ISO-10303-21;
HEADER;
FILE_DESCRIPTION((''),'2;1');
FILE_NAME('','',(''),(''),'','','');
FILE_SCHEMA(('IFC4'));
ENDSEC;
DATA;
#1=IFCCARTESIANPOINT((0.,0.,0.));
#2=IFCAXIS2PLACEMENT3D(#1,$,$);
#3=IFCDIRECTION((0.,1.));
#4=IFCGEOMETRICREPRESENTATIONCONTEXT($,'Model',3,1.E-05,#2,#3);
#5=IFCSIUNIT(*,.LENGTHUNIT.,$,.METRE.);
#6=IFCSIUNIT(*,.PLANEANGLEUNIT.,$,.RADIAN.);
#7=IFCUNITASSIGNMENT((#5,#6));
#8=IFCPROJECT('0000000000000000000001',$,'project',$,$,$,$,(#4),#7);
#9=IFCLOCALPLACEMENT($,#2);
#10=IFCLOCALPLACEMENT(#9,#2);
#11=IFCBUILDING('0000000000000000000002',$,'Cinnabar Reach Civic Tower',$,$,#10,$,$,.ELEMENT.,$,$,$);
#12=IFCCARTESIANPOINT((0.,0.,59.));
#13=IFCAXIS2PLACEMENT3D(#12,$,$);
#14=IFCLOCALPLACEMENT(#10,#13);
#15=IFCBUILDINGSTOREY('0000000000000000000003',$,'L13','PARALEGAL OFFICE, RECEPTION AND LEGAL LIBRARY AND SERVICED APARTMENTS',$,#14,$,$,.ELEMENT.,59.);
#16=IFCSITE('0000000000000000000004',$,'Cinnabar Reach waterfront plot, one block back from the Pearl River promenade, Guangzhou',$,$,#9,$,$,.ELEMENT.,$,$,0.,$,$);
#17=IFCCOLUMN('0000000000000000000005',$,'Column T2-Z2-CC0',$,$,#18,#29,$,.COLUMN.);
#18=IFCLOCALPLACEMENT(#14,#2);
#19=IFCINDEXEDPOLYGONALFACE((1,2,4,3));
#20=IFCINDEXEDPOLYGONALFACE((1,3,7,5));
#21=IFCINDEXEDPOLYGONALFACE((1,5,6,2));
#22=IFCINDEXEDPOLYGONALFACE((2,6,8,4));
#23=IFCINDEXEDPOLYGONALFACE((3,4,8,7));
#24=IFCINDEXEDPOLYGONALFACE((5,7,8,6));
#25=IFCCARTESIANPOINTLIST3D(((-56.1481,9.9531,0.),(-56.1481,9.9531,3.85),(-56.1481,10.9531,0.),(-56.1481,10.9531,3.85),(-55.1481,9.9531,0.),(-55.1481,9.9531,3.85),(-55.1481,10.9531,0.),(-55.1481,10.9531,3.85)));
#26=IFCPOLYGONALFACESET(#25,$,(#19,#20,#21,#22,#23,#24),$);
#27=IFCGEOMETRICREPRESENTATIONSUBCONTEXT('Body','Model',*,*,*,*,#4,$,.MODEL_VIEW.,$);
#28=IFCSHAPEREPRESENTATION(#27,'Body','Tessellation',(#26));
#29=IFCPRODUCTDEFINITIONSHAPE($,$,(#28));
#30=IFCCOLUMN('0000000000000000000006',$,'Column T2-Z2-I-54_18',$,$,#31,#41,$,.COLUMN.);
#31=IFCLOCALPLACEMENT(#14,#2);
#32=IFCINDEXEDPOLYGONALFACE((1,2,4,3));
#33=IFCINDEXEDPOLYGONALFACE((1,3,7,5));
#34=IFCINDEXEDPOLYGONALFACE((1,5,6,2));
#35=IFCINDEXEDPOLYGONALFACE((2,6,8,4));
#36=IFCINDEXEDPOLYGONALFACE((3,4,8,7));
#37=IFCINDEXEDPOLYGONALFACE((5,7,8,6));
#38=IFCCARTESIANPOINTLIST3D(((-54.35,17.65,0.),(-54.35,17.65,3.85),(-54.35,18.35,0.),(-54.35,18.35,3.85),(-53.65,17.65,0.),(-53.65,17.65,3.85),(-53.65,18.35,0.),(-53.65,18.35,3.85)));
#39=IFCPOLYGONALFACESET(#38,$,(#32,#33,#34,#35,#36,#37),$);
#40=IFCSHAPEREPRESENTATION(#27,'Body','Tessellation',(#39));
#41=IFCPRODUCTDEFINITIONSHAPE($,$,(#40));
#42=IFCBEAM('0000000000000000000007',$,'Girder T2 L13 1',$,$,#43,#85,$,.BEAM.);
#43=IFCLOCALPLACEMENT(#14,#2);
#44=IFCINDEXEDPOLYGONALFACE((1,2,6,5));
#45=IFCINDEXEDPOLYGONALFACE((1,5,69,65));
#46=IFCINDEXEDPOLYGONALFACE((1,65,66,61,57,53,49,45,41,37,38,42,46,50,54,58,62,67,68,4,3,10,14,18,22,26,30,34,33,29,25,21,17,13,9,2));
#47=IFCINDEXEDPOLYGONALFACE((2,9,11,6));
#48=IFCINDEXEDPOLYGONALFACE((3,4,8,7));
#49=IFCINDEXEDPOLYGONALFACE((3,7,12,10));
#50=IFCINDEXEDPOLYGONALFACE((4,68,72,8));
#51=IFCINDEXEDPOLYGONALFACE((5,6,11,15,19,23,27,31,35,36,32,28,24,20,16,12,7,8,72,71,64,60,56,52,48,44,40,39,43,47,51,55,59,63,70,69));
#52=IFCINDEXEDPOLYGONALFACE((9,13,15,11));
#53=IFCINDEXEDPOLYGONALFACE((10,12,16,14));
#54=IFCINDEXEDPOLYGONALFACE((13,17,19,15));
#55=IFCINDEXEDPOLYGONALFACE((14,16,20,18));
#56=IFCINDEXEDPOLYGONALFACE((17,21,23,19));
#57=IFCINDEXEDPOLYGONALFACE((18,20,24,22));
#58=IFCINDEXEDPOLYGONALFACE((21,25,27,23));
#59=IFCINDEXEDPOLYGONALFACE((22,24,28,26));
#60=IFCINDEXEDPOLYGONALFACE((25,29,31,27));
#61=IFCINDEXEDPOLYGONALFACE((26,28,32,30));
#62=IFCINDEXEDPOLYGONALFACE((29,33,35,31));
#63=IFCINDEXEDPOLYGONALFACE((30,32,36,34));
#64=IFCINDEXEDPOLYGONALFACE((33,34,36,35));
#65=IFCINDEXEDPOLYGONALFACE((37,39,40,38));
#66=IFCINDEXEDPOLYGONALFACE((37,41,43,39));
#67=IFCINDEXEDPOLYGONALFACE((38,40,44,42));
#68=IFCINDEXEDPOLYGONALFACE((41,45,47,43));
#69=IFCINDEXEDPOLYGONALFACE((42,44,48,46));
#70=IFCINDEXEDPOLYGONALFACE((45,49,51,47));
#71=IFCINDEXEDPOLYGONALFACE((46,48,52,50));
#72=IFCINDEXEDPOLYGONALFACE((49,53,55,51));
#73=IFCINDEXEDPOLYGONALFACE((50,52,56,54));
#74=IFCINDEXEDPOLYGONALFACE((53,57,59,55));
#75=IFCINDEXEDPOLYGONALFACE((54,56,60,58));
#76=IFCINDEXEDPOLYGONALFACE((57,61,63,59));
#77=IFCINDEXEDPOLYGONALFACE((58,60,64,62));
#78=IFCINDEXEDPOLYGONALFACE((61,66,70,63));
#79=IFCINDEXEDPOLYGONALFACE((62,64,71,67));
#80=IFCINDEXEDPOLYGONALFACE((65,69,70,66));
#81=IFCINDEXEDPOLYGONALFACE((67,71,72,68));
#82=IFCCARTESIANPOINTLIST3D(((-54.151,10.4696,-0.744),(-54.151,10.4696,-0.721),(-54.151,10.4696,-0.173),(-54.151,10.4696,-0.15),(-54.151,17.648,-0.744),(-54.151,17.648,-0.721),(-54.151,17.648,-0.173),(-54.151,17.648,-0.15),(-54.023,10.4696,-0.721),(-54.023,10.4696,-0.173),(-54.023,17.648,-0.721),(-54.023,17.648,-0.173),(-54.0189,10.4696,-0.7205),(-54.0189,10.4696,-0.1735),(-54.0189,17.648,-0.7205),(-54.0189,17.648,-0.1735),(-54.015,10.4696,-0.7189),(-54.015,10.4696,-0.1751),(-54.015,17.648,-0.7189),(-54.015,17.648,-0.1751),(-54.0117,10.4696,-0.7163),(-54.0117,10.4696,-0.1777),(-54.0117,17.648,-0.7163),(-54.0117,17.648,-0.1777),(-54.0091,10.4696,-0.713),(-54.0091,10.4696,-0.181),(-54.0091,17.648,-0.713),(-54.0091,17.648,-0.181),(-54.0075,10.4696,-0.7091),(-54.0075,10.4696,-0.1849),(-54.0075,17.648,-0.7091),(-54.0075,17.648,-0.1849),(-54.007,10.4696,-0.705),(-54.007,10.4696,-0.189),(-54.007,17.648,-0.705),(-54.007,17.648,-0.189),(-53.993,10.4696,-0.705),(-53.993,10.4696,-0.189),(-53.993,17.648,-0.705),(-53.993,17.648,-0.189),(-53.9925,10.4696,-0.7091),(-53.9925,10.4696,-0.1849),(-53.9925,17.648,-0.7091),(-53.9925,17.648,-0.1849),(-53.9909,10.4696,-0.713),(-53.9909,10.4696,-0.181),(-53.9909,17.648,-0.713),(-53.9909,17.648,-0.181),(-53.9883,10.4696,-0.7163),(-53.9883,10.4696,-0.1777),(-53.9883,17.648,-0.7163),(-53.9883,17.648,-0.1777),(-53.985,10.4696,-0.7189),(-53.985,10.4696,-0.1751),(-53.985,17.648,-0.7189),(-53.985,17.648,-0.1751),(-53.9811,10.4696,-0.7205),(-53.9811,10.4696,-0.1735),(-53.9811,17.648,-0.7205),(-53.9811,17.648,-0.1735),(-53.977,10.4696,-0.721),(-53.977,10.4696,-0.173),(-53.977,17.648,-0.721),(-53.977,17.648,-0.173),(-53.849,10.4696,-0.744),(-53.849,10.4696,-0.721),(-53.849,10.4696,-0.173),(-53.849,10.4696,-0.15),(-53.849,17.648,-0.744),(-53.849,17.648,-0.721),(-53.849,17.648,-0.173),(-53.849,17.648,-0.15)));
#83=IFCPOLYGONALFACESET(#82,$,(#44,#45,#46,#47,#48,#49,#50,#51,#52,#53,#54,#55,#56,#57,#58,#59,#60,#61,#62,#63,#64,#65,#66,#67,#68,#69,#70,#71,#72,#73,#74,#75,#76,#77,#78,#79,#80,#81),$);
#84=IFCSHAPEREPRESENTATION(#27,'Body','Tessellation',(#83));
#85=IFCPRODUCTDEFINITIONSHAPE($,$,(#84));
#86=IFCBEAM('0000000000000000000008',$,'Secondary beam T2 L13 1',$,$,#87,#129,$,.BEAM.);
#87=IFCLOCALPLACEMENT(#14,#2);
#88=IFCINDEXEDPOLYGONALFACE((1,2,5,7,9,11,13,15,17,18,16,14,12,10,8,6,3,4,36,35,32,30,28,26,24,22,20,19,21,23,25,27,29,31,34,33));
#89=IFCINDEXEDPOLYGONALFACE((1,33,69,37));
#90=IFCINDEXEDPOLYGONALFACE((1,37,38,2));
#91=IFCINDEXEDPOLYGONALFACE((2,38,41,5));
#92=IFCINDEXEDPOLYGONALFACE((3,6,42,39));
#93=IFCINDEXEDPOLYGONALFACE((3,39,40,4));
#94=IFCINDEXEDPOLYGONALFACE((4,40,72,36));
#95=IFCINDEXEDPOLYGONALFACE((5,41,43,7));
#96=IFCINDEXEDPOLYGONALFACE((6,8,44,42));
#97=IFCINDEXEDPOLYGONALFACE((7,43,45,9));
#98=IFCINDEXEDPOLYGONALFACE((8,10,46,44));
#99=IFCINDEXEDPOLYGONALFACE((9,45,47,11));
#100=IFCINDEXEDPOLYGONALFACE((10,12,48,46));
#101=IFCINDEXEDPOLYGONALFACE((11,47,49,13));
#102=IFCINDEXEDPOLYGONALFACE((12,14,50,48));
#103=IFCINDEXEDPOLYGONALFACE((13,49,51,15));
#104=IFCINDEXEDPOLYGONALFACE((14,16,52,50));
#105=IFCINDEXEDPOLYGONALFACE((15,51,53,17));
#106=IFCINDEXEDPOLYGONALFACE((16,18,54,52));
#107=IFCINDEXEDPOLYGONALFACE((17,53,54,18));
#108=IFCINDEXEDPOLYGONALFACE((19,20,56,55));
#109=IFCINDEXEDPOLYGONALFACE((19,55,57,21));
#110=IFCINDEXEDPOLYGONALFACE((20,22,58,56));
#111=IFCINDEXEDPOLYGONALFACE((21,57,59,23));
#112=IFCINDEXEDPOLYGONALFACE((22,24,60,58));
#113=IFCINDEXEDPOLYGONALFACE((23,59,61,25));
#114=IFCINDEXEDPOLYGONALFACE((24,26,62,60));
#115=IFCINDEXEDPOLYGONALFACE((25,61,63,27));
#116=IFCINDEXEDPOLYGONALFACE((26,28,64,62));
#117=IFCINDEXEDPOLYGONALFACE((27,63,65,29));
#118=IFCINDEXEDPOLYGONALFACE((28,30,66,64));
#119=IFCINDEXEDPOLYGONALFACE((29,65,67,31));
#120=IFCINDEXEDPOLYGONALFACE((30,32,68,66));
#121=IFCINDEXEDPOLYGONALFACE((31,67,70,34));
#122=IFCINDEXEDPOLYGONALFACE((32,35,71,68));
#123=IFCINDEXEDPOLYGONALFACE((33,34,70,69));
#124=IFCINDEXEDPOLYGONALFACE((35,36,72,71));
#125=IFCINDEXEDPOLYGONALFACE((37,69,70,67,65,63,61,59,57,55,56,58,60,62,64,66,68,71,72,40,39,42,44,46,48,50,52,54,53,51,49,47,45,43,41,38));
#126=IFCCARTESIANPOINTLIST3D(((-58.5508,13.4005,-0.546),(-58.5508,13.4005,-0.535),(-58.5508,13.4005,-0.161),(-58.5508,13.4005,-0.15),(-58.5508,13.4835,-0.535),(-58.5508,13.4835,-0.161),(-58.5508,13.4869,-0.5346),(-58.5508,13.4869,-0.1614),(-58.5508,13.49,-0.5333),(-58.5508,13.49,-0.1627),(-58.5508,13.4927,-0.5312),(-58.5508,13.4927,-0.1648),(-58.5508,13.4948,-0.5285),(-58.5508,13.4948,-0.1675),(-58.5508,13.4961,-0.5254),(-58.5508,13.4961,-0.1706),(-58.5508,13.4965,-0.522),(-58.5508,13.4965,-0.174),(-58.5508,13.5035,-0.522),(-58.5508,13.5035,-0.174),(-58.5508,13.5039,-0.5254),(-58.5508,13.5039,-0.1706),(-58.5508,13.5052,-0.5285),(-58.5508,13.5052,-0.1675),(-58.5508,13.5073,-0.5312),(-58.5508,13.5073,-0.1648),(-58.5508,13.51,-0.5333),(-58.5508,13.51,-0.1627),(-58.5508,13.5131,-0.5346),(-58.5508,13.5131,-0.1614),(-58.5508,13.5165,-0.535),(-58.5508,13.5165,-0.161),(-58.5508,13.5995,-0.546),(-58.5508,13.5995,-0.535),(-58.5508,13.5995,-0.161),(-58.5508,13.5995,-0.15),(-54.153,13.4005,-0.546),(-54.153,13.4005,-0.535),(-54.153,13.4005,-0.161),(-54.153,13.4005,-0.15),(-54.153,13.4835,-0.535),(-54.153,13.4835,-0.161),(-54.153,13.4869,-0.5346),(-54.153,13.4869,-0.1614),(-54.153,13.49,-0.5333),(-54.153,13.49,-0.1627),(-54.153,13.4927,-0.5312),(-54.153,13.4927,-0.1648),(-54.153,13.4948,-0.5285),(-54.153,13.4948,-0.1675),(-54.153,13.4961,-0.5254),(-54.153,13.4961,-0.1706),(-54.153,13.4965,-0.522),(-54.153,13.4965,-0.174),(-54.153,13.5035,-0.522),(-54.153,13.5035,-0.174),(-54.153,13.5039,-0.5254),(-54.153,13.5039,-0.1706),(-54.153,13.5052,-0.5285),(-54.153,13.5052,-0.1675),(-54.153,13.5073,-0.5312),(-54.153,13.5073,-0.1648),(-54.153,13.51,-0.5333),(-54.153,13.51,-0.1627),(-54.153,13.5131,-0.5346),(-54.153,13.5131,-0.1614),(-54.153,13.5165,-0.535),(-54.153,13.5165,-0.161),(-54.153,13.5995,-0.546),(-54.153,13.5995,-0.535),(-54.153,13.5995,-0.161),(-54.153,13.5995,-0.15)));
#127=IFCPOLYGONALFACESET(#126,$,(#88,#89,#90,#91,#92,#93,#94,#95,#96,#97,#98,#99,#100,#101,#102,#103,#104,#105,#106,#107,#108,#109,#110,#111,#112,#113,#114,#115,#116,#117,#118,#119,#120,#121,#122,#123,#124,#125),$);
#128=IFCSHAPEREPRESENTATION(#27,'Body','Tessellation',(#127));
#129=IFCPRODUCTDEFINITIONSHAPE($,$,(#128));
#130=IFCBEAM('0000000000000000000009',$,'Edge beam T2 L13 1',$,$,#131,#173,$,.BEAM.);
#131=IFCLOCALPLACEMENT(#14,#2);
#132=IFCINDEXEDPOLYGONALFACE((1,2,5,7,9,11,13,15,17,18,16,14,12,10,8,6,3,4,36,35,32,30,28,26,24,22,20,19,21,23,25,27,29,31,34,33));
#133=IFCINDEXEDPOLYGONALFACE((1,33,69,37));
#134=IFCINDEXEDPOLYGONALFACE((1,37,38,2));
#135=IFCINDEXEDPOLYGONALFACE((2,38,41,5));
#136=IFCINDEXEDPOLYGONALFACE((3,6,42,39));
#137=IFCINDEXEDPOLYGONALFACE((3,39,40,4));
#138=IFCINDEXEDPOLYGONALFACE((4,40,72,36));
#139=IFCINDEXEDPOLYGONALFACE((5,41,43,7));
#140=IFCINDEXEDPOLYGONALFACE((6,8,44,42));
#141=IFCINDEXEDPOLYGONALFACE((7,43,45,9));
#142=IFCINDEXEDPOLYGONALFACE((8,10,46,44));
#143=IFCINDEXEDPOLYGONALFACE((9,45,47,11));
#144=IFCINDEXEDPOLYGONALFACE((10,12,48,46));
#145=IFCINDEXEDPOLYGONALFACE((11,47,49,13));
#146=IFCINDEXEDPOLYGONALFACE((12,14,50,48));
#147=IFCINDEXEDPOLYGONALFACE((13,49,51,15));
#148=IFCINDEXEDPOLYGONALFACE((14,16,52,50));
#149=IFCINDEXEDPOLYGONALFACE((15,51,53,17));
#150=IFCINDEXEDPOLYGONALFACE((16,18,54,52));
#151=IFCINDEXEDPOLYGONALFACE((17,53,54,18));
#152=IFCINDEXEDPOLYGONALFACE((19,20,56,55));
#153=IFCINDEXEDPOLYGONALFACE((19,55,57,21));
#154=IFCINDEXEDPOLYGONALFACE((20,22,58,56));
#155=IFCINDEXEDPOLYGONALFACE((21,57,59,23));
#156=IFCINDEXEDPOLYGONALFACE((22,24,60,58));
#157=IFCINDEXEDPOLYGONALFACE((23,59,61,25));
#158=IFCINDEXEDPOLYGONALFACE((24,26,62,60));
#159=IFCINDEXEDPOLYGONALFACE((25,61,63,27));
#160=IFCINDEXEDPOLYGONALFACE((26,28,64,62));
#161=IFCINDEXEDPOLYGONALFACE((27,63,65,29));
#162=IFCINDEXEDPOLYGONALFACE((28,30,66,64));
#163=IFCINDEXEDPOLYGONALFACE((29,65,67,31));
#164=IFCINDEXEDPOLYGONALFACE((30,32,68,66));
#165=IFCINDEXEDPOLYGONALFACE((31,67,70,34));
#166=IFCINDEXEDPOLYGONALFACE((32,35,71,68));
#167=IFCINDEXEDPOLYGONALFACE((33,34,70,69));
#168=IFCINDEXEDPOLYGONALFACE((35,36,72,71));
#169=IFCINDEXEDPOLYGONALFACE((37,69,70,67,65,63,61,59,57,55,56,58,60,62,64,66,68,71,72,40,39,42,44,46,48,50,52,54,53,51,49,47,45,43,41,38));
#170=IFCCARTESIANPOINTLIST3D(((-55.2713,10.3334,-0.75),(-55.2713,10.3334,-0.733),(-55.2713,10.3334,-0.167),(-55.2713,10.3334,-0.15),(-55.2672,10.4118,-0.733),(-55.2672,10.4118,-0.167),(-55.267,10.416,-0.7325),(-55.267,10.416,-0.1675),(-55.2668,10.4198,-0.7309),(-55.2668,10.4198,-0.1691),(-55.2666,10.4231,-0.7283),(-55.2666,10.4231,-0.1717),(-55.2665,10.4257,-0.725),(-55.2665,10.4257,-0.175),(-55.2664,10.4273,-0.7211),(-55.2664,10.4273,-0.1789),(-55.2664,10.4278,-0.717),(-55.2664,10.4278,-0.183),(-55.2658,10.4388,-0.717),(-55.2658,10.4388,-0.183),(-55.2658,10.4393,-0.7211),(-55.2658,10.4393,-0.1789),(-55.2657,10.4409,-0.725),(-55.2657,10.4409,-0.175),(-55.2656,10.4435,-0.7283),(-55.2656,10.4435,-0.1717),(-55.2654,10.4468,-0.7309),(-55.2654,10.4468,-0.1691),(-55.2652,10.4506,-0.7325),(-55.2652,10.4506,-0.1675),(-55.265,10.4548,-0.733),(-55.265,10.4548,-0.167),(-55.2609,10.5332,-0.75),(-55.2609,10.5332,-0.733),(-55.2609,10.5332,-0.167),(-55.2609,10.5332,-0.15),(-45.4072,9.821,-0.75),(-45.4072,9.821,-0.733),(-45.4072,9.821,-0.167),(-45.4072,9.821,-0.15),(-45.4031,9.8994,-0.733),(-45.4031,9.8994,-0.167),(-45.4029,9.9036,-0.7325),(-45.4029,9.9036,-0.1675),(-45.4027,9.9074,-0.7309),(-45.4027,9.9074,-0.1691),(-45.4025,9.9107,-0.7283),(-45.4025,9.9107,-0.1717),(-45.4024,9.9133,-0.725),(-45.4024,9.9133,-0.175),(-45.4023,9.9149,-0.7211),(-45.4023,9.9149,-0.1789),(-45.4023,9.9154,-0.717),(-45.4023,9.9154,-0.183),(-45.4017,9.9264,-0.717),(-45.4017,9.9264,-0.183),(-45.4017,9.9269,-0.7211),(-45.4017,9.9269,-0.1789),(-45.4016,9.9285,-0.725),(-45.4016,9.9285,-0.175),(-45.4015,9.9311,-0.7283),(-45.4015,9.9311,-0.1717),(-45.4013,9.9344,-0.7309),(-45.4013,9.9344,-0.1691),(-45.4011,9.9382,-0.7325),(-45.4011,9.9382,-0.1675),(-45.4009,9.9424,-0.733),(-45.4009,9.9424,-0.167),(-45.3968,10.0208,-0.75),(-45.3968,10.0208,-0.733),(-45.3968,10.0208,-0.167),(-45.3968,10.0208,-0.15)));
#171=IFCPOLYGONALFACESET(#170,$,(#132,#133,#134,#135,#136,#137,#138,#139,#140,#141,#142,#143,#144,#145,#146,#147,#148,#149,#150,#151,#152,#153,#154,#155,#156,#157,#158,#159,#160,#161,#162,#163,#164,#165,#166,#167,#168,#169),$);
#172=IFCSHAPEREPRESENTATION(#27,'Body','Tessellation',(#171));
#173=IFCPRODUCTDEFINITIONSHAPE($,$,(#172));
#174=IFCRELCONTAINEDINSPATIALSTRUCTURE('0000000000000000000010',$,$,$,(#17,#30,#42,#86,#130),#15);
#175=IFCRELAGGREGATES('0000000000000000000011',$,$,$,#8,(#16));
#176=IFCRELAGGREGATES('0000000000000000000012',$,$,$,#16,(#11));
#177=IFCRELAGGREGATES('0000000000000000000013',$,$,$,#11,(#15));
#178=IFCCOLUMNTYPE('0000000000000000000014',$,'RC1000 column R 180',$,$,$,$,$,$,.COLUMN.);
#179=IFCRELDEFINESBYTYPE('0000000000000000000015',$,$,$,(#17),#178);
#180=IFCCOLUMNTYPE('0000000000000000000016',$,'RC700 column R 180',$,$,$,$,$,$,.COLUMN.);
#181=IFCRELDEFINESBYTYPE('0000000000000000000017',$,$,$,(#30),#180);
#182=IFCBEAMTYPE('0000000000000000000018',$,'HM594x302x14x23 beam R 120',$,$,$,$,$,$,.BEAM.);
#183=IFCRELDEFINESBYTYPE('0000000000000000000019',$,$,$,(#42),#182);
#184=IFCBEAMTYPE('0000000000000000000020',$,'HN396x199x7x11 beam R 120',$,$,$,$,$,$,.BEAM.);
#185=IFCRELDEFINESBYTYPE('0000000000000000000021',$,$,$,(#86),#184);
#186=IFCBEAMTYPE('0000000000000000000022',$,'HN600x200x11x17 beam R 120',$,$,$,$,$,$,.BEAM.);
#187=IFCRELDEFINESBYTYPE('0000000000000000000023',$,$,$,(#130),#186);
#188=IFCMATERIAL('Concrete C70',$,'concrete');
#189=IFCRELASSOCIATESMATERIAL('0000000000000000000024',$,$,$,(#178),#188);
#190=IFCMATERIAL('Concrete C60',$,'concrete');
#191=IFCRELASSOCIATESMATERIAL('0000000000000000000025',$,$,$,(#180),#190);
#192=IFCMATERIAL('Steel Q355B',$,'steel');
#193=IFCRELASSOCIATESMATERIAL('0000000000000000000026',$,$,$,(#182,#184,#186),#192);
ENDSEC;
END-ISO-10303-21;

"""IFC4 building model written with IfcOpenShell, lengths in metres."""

from ifc_helpers import new_model, si_unit, direction, frame, origin, origin_2d, place, context, subcontext, project, spatial, rectangle, i_section, extrude, material, material_profile, profile_set, type_object, element, save


model = new_model("IFC4")

# Units and contexts
model_context = context("Model", 3, precision=1e-05, world=origin(), true_north=direction((0.0, 1.0)))
body_context = subcontext(model_context, "Body", "Model", "MODEL_VIEW")
ifc_project = project(units=[si_unit("LENGTHUNIT", "METRE"), si_unit("PLANEANGLEUNIT", "RADIAN")], contexts=[model_context])

# Site, building, storey
site_placement = place(None, origin())
site = spatial("IfcSite", under=ifc_project, at=site_placement, Name="Cinnabar Reach waterfront plot, one block back from the Pearl River promenade, Guangzhou", CompositionType="ELEMENT", RefElevation=0.0)
building_placement = place(site_placement, origin())
building = spatial("IfcBuilding", under=site, at=building_placement, Name="Cinnabar Reach Civic Tower", CompositionType="ELEMENT")
storey_placement = place(building_placement, frame((0.0, 0.0, 59.0)))
storey = spatial("IfcBuildingStorey", under=building, at=storey_placement, Name="L13", Description="PARALEGAL OFFICE, RECEPTION AND LEGAL LIBRARY AND SERVICED APARTMENTS", CompositionType="ELEMENT", Elevation=59.0)

# Columns
ifc_material_1 = material(Name="Concrete C70", Category="concrete")
ifc_material_profile_1 = material_profile(ifc_material_1, rectangle(XDim=1.0, YDim=1.0, at=origin_2d()), Name="RC1000")
ifc_profile_set_1 = profile_set([ifc_material_profile_1], Name="Concrete C70")
column_type_1 = type_object("IfcColumnType", Name="RC1000 column R 180", PredefinedType="COLUMN", material=ifc_profile_set_1)
column_1_placement = place(storey_placement, frame((-55.6481, 10.4531, 0.0), z_axis=(0.0, 0.0, 1.0), x_axis=(1.0, 0.0, 0.0)))
element("IfcColumn", 1, at=column_1_placement, inside=storey, type_object=column_type_1, Name="Column T2-Z2-CC0", PredefinedType="COLUMN", context=body_context, shape_type="SweptSolid", body=[
    extrude(rectangle(XDim=1.0, YDim=1.0, at=origin_2d()), origin(), (0.0, 0.0, 1.0), 3.85),
])
ifc_material_2 = material(Name="Concrete C60", Category="concrete")
ifc_material_profile_2 = material_profile(ifc_material_2, rectangle(XDim=0.7, YDim=0.7, at=origin_2d()), Name="RC700")
ifc_profile_set_2 = profile_set([ifc_material_profile_2], Name="Concrete C60")
column_type_2 = type_object("IfcColumnType", Name="RC700 column R 180", PredefinedType="COLUMN", material=ifc_profile_set_2)
column_2_placement = place(storey_placement, frame((-54.0, 18.0, 0.0), z_axis=(0.0, 0.0, 1.0), x_axis=(1.0, 0.0, 0.0)))
element("IfcColumn", 2, at=column_2_placement, inside=storey, type_object=column_type_2, Name="Column T2-Z2-I-54_18", PredefinedType="COLUMN", context=body_context, shape_type="SweptSolid", body=[
    extrude(rectangle(XDim=0.7, YDim=0.7, at=origin_2d()), origin(), (0.0, 0.0, 1.0), 3.85),
])

# Beams
ifc_material_3 = material(Name="Steel Q355B", Category="steel")
ifc_material_profile_3 = material_profile(ifc_material_3, i_section(OverallWidth=0.302, OverallDepth=0.594, WebThickness=0.014, FlangeThickness=0.023, FilletRadius=0.016, at=origin_2d()), Name="HM594x302x14x23")
ifc_profile_set_3 = profile_set([ifc_material_profile_3], Name="Steel Q355B")
beam_type_1 = type_object("IfcBeamType", Name="HM594x302x14x23 beam R 120", PredefinedType="BEAM", material=ifc_profile_set_3)
beam_1_placement = place(storey_placement, frame((-54.0, 10.4696, -0.447), z_axis=(0.0, 1.0, 0.0), x_axis=(-1.0, 0.0, 0.0)))
element("IfcBeam", 3, at=beam_1_placement, inside=storey, type_object=beam_type_1, Name="Girder T2 L13 1", PredefinedType="BEAM", context=body_context, shape_type="SweptSolid", body=[
    extrude(i_section(OverallWidth=0.302, OverallDepth=0.594, WebThickness=0.014, FlangeThickness=0.023, FilletRadius=0.016, at=origin_2d()), origin(), (0.0, 0.0, 1.0), 7.1784),
])
ifc_material_profile_4 = material_profile(ifc_material_3, i_section(OverallWidth=0.199, OverallDepth=0.396, WebThickness=0.007, FlangeThickness=0.011, FilletRadius=0.013, at=origin_2d()), Name="HN396x199x7x11")
ifc_profile_set_4 = profile_set([ifc_material_profile_4], Name="Steel Q355B")
beam_type_2 = type_object("IfcBeamType", Name="HN396x199x7x11 beam R 120", PredefinedType="BEAM", material=ifc_profile_set_4)
beam_2_placement = place(storey_placement, frame((-58.5508, 13.5, -0.348), z_axis=(1.0, 0.0, 0.0), x_axis=(0.0, 1.0, 0.0)))
element("IfcBeam", 4, at=beam_2_placement, inside=storey, type_object=beam_type_2, Name="Secondary beam T2 L13 1", PredefinedType="BEAM", context=body_context, shape_type="SweptSolid", body=[
    extrude(i_section(OverallWidth=0.199, OverallDepth=0.396, WebThickness=0.007, FlangeThickness=0.011, FilletRadius=0.013, at=origin_2d()), origin(), (0.0, 0.0, 1.0), 4.3978),
])
ifc_material_profile_5 = material_profile(ifc_material_3, i_section(OverallWidth=0.2, OverallDepth=0.6, WebThickness=0.011, FlangeThickness=0.017, FilletRadius=0.016, at=origin_2d()), Name="HN600x200x11x17")
ifc_profile_set_5 = profile_set([ifc_material_profile_5], Name="Steel Q355B")
beam_type_3 = type_object("IfcBeamType", Name="HN600x200x11x17 beam R 120", PredefinedType="BEAM", material=ifc_profile_set_5)
beam_3_placement = place(storey_placement, frame((-55.2661, 10.4333, -0.45), z_axis=(0.998654, -0.051876, 0.0), x_axis=(0.051876, 0.998654, 0.0)))
element("IfcBeam", 5, at=beam_3_placement, inside=storey, type_object=beam_type_3, Name="Edge beam T2 L13 1", PredefinedType="BEAM", context=body_context, shape_type="SweptSolid", body=[
    extrude(i_section(OverallWidth=0.2, OverallDepth=0.6, WebThickness=0.011, FlangeThickness=0.017, FilletRadius=0.016, at=origin_2d()), origin(), (0.0, 0.0, 1.0), 9.8774),
])

save(model, "model.ifc")
